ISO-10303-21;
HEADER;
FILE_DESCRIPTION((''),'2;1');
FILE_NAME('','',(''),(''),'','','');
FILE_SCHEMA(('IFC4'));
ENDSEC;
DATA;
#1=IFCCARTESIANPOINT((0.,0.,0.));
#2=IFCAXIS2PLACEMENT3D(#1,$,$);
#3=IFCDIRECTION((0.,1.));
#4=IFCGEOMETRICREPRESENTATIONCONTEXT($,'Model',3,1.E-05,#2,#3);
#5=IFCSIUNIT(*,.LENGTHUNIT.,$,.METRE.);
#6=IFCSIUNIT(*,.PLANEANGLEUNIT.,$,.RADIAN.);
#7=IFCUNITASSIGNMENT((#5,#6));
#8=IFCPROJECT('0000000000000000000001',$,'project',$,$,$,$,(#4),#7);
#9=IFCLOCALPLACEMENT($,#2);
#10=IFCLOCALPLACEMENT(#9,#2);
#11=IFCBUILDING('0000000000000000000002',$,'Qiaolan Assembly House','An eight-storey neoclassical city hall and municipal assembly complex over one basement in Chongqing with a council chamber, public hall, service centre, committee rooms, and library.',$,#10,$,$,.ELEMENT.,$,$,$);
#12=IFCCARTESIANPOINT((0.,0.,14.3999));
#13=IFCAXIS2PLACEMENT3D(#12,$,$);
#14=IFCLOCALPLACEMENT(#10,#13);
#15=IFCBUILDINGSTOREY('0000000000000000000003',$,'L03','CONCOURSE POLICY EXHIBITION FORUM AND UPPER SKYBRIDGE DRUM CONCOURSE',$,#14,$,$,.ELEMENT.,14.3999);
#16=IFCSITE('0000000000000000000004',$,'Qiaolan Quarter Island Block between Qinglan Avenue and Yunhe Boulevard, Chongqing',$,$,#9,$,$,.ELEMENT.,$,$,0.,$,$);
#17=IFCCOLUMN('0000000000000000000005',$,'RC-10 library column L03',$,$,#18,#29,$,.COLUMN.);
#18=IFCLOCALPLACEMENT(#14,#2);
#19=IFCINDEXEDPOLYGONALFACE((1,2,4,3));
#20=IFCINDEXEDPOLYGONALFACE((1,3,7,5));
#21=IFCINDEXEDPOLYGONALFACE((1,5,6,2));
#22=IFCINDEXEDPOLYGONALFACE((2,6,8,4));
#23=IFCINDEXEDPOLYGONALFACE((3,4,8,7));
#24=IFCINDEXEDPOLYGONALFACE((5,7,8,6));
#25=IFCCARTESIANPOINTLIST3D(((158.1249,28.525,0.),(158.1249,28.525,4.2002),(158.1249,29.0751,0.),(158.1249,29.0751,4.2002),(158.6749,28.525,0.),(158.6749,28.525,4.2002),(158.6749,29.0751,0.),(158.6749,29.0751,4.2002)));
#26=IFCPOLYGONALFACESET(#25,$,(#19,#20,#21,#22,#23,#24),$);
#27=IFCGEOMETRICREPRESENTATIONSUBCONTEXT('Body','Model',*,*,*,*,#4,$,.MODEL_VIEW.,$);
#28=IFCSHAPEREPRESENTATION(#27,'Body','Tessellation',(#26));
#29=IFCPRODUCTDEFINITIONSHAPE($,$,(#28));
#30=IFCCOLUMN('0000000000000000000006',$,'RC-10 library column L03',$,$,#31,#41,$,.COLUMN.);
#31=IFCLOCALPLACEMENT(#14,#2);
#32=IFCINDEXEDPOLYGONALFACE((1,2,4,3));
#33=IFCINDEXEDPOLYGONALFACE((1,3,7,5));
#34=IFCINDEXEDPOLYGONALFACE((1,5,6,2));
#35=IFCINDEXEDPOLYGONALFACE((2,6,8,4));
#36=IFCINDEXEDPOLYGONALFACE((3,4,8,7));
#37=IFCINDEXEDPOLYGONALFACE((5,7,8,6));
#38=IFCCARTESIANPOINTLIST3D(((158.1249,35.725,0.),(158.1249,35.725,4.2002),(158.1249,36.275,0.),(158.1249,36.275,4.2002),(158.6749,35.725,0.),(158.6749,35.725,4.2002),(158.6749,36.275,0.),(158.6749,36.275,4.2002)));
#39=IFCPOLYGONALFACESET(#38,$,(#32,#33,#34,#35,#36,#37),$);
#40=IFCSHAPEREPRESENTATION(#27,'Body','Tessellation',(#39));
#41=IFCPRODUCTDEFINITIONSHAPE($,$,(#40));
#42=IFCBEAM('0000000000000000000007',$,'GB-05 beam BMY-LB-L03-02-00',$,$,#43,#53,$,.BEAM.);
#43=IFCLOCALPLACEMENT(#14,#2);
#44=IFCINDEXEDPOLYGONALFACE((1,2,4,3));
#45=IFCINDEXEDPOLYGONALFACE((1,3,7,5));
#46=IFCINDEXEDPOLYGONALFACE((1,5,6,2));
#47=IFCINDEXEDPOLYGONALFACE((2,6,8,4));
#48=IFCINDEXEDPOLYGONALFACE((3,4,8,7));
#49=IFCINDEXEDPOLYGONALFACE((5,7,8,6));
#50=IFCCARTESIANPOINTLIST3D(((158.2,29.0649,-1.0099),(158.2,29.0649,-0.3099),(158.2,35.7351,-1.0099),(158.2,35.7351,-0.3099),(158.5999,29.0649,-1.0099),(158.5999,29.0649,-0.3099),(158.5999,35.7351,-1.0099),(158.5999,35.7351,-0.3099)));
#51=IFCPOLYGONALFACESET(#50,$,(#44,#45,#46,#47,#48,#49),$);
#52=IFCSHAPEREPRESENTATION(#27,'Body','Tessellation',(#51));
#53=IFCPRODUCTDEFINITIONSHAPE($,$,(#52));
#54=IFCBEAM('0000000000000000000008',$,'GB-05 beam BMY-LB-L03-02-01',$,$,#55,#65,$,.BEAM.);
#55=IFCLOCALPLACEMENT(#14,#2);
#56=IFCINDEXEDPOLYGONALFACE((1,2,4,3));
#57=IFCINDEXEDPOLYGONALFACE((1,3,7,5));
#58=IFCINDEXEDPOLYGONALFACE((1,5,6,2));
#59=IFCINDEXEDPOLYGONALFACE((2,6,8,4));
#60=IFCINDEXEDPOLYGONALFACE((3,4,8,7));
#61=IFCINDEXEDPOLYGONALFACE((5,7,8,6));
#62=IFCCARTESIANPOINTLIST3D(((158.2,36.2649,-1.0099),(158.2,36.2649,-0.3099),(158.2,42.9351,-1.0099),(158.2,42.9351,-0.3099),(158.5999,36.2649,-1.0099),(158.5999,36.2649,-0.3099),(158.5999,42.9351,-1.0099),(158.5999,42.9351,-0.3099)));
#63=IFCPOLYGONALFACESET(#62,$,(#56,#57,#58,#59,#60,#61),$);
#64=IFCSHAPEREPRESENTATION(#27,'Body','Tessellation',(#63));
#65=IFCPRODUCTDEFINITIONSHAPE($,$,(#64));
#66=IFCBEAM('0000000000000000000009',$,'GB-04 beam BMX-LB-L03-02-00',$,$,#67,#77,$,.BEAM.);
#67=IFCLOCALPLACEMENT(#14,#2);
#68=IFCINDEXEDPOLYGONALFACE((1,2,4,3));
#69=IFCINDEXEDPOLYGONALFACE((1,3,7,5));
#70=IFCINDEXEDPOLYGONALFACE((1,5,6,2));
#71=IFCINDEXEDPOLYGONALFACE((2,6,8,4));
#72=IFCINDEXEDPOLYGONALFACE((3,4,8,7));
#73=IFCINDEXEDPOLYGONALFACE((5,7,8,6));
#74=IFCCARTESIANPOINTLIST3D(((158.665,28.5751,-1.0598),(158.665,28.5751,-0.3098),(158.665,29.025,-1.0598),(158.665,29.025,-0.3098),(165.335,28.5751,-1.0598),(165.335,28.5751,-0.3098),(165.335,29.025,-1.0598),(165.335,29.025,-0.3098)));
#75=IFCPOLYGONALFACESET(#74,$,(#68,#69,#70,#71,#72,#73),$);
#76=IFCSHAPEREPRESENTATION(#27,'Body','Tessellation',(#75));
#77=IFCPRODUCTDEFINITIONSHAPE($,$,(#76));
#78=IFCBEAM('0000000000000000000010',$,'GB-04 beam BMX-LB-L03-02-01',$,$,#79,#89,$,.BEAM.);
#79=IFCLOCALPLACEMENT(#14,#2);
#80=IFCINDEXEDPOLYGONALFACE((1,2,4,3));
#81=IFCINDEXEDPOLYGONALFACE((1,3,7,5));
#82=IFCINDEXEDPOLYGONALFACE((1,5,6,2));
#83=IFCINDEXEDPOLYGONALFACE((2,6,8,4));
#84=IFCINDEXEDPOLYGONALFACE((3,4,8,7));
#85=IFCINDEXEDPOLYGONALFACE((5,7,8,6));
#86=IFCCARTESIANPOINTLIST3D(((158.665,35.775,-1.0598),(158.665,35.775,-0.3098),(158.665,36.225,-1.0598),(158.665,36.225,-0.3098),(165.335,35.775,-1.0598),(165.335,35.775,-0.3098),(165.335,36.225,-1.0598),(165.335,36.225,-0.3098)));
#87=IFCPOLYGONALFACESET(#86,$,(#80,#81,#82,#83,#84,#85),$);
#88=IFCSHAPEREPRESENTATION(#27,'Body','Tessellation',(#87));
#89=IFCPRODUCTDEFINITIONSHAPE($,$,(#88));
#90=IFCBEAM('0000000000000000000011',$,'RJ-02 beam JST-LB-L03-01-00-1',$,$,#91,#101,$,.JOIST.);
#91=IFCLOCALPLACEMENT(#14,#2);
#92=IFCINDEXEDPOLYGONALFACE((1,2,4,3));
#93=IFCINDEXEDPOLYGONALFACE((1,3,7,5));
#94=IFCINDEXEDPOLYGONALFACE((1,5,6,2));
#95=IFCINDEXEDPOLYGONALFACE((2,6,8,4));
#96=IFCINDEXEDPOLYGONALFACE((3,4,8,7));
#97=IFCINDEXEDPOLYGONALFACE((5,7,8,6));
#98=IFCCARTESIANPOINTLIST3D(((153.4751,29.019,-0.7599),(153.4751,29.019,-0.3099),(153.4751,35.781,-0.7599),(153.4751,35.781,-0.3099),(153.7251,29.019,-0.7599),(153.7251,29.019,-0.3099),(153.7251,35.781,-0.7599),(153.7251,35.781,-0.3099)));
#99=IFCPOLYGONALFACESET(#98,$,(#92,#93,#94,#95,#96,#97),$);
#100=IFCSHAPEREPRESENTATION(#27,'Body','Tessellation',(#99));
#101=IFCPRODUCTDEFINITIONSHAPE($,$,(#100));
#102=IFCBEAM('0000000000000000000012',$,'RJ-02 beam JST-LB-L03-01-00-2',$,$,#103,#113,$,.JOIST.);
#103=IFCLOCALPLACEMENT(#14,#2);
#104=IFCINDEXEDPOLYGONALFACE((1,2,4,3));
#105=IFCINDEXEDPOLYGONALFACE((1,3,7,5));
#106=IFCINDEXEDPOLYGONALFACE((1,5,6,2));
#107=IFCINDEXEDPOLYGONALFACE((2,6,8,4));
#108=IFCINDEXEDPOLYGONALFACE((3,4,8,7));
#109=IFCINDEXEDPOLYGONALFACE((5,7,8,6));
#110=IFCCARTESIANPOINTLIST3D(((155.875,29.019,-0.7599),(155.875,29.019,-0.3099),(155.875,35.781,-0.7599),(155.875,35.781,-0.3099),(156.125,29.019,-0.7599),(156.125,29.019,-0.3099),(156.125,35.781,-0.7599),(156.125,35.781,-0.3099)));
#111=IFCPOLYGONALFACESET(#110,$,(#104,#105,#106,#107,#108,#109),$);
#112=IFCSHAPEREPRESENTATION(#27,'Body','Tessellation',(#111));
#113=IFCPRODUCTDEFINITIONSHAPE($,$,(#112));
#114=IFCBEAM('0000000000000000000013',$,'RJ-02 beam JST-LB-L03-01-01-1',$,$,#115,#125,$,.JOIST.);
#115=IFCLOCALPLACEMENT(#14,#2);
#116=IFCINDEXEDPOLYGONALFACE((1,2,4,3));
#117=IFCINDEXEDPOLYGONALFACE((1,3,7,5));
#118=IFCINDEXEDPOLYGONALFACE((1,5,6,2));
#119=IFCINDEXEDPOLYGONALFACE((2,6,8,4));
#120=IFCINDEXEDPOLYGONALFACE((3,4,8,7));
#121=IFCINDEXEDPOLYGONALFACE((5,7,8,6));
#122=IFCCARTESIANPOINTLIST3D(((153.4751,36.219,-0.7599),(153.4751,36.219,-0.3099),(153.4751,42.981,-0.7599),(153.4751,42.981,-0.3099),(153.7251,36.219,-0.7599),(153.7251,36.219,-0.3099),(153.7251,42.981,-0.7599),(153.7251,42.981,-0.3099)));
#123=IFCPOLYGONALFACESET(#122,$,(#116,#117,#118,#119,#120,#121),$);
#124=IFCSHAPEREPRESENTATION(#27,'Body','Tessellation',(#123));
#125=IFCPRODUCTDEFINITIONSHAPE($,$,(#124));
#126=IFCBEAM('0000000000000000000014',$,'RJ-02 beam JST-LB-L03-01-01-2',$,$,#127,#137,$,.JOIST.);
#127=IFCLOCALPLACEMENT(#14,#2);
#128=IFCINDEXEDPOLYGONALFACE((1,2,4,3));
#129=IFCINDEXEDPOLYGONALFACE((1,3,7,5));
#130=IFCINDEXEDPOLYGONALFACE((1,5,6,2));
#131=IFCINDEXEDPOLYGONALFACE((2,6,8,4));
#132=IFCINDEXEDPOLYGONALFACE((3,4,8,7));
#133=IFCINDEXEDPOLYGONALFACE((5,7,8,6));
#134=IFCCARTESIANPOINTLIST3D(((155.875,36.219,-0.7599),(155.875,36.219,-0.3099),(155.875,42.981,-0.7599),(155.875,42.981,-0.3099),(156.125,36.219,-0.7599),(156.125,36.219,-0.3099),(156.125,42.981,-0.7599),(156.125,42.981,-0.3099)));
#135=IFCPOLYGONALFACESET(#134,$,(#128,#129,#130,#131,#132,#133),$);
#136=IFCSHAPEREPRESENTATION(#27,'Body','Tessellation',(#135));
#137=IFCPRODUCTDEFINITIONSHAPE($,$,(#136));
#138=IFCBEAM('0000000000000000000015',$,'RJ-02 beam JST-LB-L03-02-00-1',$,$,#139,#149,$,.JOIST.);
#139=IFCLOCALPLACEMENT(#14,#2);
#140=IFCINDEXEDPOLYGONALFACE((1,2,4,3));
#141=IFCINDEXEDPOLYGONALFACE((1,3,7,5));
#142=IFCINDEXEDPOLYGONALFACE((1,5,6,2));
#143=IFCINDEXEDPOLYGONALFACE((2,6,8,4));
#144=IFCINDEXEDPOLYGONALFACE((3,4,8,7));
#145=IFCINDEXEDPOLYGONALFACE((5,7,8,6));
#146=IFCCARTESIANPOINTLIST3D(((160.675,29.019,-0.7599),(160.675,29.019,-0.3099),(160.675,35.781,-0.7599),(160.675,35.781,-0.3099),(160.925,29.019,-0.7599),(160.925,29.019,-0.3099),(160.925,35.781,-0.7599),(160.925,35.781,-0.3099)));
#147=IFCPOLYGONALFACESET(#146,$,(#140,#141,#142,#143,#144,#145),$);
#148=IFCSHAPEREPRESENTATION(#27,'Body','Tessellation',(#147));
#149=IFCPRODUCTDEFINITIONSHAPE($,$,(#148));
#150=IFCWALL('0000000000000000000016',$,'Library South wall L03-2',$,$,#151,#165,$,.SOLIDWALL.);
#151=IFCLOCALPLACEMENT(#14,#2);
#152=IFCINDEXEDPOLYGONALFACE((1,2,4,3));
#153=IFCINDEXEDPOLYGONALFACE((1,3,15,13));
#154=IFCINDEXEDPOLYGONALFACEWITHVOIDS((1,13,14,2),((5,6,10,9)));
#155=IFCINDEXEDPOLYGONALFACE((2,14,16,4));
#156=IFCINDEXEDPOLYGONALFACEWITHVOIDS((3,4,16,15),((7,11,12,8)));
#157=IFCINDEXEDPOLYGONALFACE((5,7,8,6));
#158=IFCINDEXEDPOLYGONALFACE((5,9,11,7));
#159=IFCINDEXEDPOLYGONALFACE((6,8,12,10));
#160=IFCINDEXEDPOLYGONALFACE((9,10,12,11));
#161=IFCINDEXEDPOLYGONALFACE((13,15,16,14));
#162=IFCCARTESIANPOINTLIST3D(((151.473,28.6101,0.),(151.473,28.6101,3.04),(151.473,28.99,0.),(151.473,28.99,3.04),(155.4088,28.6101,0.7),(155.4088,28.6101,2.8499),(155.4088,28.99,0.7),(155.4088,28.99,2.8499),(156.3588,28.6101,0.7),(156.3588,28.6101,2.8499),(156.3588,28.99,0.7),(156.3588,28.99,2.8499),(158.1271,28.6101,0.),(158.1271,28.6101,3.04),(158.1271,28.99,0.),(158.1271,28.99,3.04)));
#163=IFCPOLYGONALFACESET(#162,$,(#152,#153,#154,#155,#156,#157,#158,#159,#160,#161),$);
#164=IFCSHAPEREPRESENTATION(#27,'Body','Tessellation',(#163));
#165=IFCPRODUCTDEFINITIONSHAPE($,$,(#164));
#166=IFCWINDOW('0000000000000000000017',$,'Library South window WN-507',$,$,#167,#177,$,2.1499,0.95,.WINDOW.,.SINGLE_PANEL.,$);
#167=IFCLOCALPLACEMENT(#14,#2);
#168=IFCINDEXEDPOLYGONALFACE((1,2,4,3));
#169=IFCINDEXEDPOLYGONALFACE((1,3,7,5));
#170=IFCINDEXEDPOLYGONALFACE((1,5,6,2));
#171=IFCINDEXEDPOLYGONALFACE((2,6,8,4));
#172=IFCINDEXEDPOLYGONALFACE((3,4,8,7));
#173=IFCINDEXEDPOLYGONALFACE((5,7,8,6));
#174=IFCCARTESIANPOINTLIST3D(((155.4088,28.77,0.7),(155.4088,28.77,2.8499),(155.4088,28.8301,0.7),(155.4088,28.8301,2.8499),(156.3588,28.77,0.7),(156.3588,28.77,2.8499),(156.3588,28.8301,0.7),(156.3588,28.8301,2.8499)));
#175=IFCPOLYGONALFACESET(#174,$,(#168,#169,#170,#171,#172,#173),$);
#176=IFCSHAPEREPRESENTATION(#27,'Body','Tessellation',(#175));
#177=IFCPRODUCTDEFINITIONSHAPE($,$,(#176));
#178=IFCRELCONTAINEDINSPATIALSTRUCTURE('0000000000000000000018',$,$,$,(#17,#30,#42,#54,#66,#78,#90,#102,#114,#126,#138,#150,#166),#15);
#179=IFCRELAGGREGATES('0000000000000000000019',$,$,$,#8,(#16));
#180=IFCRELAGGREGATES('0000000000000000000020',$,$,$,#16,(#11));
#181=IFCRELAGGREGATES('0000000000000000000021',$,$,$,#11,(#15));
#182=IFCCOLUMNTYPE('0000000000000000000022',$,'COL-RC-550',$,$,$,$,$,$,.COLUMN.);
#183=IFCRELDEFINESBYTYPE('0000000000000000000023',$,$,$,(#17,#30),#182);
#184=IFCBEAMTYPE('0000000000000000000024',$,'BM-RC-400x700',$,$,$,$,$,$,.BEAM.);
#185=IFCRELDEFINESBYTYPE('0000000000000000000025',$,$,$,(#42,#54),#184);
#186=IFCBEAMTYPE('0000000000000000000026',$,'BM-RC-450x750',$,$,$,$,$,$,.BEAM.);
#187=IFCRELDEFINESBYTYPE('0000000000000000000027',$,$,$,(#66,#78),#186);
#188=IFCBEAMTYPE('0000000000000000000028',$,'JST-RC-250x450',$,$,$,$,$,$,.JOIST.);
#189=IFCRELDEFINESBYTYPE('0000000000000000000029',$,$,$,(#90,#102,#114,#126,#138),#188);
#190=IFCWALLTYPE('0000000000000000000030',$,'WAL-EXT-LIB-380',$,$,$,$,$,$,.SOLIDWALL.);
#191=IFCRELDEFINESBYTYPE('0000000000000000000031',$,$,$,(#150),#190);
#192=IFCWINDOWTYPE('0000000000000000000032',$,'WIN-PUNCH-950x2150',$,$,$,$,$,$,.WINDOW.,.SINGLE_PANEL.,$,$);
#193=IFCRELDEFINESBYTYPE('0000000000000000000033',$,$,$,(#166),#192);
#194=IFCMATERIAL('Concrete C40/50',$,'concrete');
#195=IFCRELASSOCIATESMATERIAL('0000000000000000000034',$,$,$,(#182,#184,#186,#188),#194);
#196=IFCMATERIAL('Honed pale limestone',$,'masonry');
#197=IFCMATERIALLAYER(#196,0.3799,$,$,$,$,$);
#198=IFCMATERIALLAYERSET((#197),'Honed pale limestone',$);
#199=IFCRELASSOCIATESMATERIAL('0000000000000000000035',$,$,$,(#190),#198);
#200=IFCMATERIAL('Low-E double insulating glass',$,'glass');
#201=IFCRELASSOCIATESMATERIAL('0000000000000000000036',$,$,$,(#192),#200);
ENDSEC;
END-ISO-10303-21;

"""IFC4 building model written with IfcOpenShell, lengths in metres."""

from ifc_helpers import new_model, si_unit, direction, frame, frame_2d, origin, origin_2d, place, context, subcontext, project, spatial, rectangle, extrude, material, layer, layer_set, material_profile, profile_set, type_object, element, fill, save


model = new_model("IFC4")

# Units and contexts
model_context = context("Model", 3, precision=1e-05, world=origin(), true_north=direction((0.0, 1.0)))
body_context = subcontext(model_context, "Body", "Model", "MODEL_VIEW")
ifc_project = project(units=[si_unit("LENGTHUNIT", "METRE"), si_unit("PLANEANGLEUNIT", "RADIAN")], contexts=[model_context])

# Site, building, storey
site_placement = place(None, origin())
site = spatial("IfcSite", under=ifc_project, at=site_placement, Name="Qiaolan Quarter Island Block between Qinglan Avenue and Yunhe Boulevard, Chongqing", CompositionType="ELEMENT", RefElevation=0.0)
building_placement = place(site_placement, origin())
building = spatial("IfcBuilding", under=site, at=building_placement, Name="Qiaolan Assembly House", Description="An eight-storey neoclassical city hall and municipal assembly complex over one basement in Chongqing with a council chamber, public hall, service centre, committee rooms, and library.", CompositionType="ELEMENT")
storey_placement = place(building_placement, frame((0.0, 0.0, 14.3999)))
storey = spatial("IfcBuildingStorey", under=building, at=storey_placement, Name="L03", Description="CONCOURSE POLICY EXHIBITION FORUM AND UPPER SKYBRIDGE DRUM CONCOURSE", CompositionType="ELEMENT", Elevation=14.3999)

# Columns
ifc_material_1 = material(Name="Concrete C40/50", Category="concrete")
ifc_material_profile_1 = material_profile(ifc_material_1, rectangle(XDim=0.55, YDim=0.55, at=origin_2d()), Name="RC 550x550")
ifc_profile_set_1 = profile_set([ifc_material_profile_1], Name="Concrete C40/50")
column_type = type_object("IfcColumnType", Name="COL-RC-550", PredefinedType="COLUMN", material=ifc_profile_set_1)
for number, where, z_axis, x_axis, name in (
    (1, (158.3999, 28.8, 0.0), (0.0, 0.0, 1.0), (1.0, 0.0, 0.0), "RC-10 library column L03"),
    (2, (158.3999, 36.0, 0.0), (0.0, 0.0, 1.0), (1.0, 0.0, 0.0), "RC-10 library column L03"),
):
    element("IfcColumn", number, at=place(storey_placement, frame(where, z_axis=z_axis, x_axis=x_axis)), inside=storey, type_object=column_type, Name=name, PredefinedType="COLUMN", context=body_context, shape_type="SweptSolid", body=[
        extrude(rectangle(XDim=0.55, YDim=0.55, at=origin_2d()), origin(), (0.0, 0.0, 1.0), 4.2002),
    ])

# Beams
ifc_material_profile_2 = material_profile(ifc_material_1, rectangle(XDim=0.3999, YDim=0.7, at=origin_2d()), Name="RCB 400x700")
ifc_profile_set_2 = profile_set([ifc_material_profile_2], Name="Concrete C40/50")
beam_type_1 = type_object("IfcBeamType", Name="BM-RC-400x700", PredefinedType="BEAM", material=ifc_profile_set_2)
for number, where, z_axis, x_axis, name in (
    (3, (158.3999, 29.0649, -0.6599), (0.0, 1.0, 0.0), (-1.0, 0.0, 0.0), "GB-05 beam BMY-LB-L03-02-00"),
    (4, (158.3999, 36.2649, -0.6599), (0.0, 1.0, 0.0), (-1.0, 0.0, 0.0), "GB-05 beam BMY-LB-L03-02-01"),
):
    element("IfcBeam", number, at=place(storey_placement, frame(where, z_axis=z_axis, x_axis=x_axis)), inside=storey, type_object=beam_type_1, Name=name, PredefinedType="BEAM", context=body_context, shape_type="SweptSolid", body=[
        extrude(rectangle(XDim=0.3999, YDim=0.7, at=origin_2d()), origin(), (0.0, 0.0, 1.0), 6.6702),
    ])
ifc_material_profile_3 = material_profile(ifc_material_1, rectangle(XDim=0.45, YDim=0.75, at=origin_2d()), Name="RCB 450x750")
ifc_profile_set_3 = profile_set([ifc_material_profile_3], Name="Concrete C40/50")
beam_type_2 = type_object("IfcBeamType", Name="BM-RC-450x750", PredefinedType="BEAM", material=ifc_profile_set_3)
for number, where, z_axis, x_axis, name in (
    (5, (158.665, 28.8, -0.6848), (1.0, 0.0, 0.0), (0.0, 1.0, 0.0), "GB-04 beam BMX-LB-L03-02-00"),
    (6, (158.665, 36.0, -0.6848), (1.0, 0.0, 0.0), (0.0, 1.0, 0.0), "GB-04 beam BMX-LB-L03-02-01"),
):
    element("IfcBeam", number, at=place(storey_placement, frame(where, z_axis=z_axis, x_axis=x_axis)), inside=storey, type_object=beam_type_2, Name=name, PredefinedType="BEAM", context=body_context, shape_type="SweptSolid", body=[
        extrude(rectangle(XDim=0.45, YDim=0.75, at=origin_2d()), origin(), (0.0, 0.0, 1.0), 6.6699),
    ])
ifc_material_profile_4 = material_profile(ifc_material_1, rectangle(XDim=0.25, YDim=0.45, at=origin_2d()), Name="RCB 250x450")
ifc_profile_set_4 = profile_set([ifc_material_profile_4], Name="Concrete C40/50")
beam_type_3 = type_object("IfcBeamType", Name="JST-RC-250x450", PredefinedType="JOIST", material=ifc_profile_set_4)
for number, where, z_axis, x_axis, name in (
    (7, (153.6001, 29.019, -0.5349), (0.0, 1.0, 0.0), (-1.0, 0.0, 0.0), "RJ-02 beam JST-LB-L03-01-00-1"),
    (8, (156.0, 29.019, -0.5349), (0.0, 1.0, 0.0), (-1.0, 0.0, 0.0), "RJ-02 beam JST-LB-L03-01-00-2"),
    (9, (153.6001, 36.219, -0.5349), (0.0, 1.0, 0.0), (-1.0, 0.0, 0.0), "RJ-02 beam JST-LB-L03-01-01-1"),
    (10, (156.0, 36.219, -0.5349), (0.0, 1.0, 0.0), (-1.0, 0.0, 0.0), "RJ-02 beam JST-LB-L03-01-01-2"),
    (11, (160.8, 29.019, -0.5349), (0.0, 1.0, 0.0), (-1.0, 0.0, 0.0), "RJ-02 beam JST-LB-L03-02-00-1"),
):
    element("IfcBeam", number, at=place(storey_placement, frame(where, z_axis=z_axis, x_axis=x_axis)), inside=storey, type_object=beam_type_3, Name=name, PredefinedType="JOIST", context=body_context, shape_type="SweptSolid", body=[
        extrude(rectangle(XDim=0.25, YDim=0.45, at=origin_2d()), origin(), (0.0, 0.0, 1.0), 6.762),
    ])

# Wall, opening, window
ifc_material_2 = material(Name="Honed pale limestone", Category="masonry")
ifc_layer_1 = layer(ifc_material_2, 0.3799)
ifc_layer_set_1 = layer_set([ifc_layer_1], Name="Honed pale limestone")
wall_type_1 = type_object("IfcWallType", Name="WAL-EXT-LIB-380", PredefinedType="SOLIDWALL", material=ifc_layer_set_1)
wall_1_placement = place(storey_placement, frame((151.4729, 28.8, 0.0), z_axis=(0.0, 0.0, 1.0), x_axis=(1.0, 0.0, 0.0)))
wall_1 = element("IfcWall", 12, at=wall_1_placement, inside=storey, type_object=wall_type_1, Name="Library South wall L03-2", PredefinedType="SOLIDWALL", context=body_context, shape_type="SweptSolid", body=[
    extrude(rectangle(XDim=6.6541, YDim=0.3799, at=frame_2d((3.3271, 0.0))), origin(), (0.0, 0.0, 1.0), 3.04),
])
opening_1_placement = place(wall_1_placement, frame((3.9358, 0.0, 0.7)))
opening_1 = element("IfcOpeningElement", 13, at=opening_1_placement, cuts=wall_1, PredefinedType="OPENING", context=body_context, shape_type="SweptSolid", body=[
    extrude(rectangle(XDim=0.95, YDim=2.1499, at=frame_2d((0.4751, 1.075))), frame((0.0, 0.2, 0.0), z_axis=(0.0, -1.0, 0.0), x_axis=(1.0, 0.0, 0.0)), (0.0, 0.0, 1.0), 0.3999),
])
ifc_material_3 = material(Name="Low-E double insulating glass", Category="glass")
window_type = type_object("IfcWindowType", Name="WIN-PUNCH-950x2150", PartitioningType="SINGLE_PANEL", PredefinedType="WINDOW", material=ifc_material_3)
window_1_placement = place(opening_1_placement, origin())
window_1 = element("IfcWindow", 14, at=window_1_placement, inside=storey, type_object=window_type, Name="Library South window WN-507", OverallHeight=2.1499, OverallWidth=0.95, PartitioningType="SINGLE_PANEL", PredefinedType="WINDOW", context=body_context, shape_type="SweptSolid", body=[
    extrude(rectangle(XDim=0.95, YDim=2.1499, at=frame_2d((0.4751, 1.075))), frame((0.0, 0.03, 0.0), z_axis=(0.0, -1.0, 0.0), x_axis=(1.0, 0.0, 0.0)), (0.0, 0.0, 1.0), 0.0601),
])
fill(opening_1, window_1)

save(model, "model.ifc")
